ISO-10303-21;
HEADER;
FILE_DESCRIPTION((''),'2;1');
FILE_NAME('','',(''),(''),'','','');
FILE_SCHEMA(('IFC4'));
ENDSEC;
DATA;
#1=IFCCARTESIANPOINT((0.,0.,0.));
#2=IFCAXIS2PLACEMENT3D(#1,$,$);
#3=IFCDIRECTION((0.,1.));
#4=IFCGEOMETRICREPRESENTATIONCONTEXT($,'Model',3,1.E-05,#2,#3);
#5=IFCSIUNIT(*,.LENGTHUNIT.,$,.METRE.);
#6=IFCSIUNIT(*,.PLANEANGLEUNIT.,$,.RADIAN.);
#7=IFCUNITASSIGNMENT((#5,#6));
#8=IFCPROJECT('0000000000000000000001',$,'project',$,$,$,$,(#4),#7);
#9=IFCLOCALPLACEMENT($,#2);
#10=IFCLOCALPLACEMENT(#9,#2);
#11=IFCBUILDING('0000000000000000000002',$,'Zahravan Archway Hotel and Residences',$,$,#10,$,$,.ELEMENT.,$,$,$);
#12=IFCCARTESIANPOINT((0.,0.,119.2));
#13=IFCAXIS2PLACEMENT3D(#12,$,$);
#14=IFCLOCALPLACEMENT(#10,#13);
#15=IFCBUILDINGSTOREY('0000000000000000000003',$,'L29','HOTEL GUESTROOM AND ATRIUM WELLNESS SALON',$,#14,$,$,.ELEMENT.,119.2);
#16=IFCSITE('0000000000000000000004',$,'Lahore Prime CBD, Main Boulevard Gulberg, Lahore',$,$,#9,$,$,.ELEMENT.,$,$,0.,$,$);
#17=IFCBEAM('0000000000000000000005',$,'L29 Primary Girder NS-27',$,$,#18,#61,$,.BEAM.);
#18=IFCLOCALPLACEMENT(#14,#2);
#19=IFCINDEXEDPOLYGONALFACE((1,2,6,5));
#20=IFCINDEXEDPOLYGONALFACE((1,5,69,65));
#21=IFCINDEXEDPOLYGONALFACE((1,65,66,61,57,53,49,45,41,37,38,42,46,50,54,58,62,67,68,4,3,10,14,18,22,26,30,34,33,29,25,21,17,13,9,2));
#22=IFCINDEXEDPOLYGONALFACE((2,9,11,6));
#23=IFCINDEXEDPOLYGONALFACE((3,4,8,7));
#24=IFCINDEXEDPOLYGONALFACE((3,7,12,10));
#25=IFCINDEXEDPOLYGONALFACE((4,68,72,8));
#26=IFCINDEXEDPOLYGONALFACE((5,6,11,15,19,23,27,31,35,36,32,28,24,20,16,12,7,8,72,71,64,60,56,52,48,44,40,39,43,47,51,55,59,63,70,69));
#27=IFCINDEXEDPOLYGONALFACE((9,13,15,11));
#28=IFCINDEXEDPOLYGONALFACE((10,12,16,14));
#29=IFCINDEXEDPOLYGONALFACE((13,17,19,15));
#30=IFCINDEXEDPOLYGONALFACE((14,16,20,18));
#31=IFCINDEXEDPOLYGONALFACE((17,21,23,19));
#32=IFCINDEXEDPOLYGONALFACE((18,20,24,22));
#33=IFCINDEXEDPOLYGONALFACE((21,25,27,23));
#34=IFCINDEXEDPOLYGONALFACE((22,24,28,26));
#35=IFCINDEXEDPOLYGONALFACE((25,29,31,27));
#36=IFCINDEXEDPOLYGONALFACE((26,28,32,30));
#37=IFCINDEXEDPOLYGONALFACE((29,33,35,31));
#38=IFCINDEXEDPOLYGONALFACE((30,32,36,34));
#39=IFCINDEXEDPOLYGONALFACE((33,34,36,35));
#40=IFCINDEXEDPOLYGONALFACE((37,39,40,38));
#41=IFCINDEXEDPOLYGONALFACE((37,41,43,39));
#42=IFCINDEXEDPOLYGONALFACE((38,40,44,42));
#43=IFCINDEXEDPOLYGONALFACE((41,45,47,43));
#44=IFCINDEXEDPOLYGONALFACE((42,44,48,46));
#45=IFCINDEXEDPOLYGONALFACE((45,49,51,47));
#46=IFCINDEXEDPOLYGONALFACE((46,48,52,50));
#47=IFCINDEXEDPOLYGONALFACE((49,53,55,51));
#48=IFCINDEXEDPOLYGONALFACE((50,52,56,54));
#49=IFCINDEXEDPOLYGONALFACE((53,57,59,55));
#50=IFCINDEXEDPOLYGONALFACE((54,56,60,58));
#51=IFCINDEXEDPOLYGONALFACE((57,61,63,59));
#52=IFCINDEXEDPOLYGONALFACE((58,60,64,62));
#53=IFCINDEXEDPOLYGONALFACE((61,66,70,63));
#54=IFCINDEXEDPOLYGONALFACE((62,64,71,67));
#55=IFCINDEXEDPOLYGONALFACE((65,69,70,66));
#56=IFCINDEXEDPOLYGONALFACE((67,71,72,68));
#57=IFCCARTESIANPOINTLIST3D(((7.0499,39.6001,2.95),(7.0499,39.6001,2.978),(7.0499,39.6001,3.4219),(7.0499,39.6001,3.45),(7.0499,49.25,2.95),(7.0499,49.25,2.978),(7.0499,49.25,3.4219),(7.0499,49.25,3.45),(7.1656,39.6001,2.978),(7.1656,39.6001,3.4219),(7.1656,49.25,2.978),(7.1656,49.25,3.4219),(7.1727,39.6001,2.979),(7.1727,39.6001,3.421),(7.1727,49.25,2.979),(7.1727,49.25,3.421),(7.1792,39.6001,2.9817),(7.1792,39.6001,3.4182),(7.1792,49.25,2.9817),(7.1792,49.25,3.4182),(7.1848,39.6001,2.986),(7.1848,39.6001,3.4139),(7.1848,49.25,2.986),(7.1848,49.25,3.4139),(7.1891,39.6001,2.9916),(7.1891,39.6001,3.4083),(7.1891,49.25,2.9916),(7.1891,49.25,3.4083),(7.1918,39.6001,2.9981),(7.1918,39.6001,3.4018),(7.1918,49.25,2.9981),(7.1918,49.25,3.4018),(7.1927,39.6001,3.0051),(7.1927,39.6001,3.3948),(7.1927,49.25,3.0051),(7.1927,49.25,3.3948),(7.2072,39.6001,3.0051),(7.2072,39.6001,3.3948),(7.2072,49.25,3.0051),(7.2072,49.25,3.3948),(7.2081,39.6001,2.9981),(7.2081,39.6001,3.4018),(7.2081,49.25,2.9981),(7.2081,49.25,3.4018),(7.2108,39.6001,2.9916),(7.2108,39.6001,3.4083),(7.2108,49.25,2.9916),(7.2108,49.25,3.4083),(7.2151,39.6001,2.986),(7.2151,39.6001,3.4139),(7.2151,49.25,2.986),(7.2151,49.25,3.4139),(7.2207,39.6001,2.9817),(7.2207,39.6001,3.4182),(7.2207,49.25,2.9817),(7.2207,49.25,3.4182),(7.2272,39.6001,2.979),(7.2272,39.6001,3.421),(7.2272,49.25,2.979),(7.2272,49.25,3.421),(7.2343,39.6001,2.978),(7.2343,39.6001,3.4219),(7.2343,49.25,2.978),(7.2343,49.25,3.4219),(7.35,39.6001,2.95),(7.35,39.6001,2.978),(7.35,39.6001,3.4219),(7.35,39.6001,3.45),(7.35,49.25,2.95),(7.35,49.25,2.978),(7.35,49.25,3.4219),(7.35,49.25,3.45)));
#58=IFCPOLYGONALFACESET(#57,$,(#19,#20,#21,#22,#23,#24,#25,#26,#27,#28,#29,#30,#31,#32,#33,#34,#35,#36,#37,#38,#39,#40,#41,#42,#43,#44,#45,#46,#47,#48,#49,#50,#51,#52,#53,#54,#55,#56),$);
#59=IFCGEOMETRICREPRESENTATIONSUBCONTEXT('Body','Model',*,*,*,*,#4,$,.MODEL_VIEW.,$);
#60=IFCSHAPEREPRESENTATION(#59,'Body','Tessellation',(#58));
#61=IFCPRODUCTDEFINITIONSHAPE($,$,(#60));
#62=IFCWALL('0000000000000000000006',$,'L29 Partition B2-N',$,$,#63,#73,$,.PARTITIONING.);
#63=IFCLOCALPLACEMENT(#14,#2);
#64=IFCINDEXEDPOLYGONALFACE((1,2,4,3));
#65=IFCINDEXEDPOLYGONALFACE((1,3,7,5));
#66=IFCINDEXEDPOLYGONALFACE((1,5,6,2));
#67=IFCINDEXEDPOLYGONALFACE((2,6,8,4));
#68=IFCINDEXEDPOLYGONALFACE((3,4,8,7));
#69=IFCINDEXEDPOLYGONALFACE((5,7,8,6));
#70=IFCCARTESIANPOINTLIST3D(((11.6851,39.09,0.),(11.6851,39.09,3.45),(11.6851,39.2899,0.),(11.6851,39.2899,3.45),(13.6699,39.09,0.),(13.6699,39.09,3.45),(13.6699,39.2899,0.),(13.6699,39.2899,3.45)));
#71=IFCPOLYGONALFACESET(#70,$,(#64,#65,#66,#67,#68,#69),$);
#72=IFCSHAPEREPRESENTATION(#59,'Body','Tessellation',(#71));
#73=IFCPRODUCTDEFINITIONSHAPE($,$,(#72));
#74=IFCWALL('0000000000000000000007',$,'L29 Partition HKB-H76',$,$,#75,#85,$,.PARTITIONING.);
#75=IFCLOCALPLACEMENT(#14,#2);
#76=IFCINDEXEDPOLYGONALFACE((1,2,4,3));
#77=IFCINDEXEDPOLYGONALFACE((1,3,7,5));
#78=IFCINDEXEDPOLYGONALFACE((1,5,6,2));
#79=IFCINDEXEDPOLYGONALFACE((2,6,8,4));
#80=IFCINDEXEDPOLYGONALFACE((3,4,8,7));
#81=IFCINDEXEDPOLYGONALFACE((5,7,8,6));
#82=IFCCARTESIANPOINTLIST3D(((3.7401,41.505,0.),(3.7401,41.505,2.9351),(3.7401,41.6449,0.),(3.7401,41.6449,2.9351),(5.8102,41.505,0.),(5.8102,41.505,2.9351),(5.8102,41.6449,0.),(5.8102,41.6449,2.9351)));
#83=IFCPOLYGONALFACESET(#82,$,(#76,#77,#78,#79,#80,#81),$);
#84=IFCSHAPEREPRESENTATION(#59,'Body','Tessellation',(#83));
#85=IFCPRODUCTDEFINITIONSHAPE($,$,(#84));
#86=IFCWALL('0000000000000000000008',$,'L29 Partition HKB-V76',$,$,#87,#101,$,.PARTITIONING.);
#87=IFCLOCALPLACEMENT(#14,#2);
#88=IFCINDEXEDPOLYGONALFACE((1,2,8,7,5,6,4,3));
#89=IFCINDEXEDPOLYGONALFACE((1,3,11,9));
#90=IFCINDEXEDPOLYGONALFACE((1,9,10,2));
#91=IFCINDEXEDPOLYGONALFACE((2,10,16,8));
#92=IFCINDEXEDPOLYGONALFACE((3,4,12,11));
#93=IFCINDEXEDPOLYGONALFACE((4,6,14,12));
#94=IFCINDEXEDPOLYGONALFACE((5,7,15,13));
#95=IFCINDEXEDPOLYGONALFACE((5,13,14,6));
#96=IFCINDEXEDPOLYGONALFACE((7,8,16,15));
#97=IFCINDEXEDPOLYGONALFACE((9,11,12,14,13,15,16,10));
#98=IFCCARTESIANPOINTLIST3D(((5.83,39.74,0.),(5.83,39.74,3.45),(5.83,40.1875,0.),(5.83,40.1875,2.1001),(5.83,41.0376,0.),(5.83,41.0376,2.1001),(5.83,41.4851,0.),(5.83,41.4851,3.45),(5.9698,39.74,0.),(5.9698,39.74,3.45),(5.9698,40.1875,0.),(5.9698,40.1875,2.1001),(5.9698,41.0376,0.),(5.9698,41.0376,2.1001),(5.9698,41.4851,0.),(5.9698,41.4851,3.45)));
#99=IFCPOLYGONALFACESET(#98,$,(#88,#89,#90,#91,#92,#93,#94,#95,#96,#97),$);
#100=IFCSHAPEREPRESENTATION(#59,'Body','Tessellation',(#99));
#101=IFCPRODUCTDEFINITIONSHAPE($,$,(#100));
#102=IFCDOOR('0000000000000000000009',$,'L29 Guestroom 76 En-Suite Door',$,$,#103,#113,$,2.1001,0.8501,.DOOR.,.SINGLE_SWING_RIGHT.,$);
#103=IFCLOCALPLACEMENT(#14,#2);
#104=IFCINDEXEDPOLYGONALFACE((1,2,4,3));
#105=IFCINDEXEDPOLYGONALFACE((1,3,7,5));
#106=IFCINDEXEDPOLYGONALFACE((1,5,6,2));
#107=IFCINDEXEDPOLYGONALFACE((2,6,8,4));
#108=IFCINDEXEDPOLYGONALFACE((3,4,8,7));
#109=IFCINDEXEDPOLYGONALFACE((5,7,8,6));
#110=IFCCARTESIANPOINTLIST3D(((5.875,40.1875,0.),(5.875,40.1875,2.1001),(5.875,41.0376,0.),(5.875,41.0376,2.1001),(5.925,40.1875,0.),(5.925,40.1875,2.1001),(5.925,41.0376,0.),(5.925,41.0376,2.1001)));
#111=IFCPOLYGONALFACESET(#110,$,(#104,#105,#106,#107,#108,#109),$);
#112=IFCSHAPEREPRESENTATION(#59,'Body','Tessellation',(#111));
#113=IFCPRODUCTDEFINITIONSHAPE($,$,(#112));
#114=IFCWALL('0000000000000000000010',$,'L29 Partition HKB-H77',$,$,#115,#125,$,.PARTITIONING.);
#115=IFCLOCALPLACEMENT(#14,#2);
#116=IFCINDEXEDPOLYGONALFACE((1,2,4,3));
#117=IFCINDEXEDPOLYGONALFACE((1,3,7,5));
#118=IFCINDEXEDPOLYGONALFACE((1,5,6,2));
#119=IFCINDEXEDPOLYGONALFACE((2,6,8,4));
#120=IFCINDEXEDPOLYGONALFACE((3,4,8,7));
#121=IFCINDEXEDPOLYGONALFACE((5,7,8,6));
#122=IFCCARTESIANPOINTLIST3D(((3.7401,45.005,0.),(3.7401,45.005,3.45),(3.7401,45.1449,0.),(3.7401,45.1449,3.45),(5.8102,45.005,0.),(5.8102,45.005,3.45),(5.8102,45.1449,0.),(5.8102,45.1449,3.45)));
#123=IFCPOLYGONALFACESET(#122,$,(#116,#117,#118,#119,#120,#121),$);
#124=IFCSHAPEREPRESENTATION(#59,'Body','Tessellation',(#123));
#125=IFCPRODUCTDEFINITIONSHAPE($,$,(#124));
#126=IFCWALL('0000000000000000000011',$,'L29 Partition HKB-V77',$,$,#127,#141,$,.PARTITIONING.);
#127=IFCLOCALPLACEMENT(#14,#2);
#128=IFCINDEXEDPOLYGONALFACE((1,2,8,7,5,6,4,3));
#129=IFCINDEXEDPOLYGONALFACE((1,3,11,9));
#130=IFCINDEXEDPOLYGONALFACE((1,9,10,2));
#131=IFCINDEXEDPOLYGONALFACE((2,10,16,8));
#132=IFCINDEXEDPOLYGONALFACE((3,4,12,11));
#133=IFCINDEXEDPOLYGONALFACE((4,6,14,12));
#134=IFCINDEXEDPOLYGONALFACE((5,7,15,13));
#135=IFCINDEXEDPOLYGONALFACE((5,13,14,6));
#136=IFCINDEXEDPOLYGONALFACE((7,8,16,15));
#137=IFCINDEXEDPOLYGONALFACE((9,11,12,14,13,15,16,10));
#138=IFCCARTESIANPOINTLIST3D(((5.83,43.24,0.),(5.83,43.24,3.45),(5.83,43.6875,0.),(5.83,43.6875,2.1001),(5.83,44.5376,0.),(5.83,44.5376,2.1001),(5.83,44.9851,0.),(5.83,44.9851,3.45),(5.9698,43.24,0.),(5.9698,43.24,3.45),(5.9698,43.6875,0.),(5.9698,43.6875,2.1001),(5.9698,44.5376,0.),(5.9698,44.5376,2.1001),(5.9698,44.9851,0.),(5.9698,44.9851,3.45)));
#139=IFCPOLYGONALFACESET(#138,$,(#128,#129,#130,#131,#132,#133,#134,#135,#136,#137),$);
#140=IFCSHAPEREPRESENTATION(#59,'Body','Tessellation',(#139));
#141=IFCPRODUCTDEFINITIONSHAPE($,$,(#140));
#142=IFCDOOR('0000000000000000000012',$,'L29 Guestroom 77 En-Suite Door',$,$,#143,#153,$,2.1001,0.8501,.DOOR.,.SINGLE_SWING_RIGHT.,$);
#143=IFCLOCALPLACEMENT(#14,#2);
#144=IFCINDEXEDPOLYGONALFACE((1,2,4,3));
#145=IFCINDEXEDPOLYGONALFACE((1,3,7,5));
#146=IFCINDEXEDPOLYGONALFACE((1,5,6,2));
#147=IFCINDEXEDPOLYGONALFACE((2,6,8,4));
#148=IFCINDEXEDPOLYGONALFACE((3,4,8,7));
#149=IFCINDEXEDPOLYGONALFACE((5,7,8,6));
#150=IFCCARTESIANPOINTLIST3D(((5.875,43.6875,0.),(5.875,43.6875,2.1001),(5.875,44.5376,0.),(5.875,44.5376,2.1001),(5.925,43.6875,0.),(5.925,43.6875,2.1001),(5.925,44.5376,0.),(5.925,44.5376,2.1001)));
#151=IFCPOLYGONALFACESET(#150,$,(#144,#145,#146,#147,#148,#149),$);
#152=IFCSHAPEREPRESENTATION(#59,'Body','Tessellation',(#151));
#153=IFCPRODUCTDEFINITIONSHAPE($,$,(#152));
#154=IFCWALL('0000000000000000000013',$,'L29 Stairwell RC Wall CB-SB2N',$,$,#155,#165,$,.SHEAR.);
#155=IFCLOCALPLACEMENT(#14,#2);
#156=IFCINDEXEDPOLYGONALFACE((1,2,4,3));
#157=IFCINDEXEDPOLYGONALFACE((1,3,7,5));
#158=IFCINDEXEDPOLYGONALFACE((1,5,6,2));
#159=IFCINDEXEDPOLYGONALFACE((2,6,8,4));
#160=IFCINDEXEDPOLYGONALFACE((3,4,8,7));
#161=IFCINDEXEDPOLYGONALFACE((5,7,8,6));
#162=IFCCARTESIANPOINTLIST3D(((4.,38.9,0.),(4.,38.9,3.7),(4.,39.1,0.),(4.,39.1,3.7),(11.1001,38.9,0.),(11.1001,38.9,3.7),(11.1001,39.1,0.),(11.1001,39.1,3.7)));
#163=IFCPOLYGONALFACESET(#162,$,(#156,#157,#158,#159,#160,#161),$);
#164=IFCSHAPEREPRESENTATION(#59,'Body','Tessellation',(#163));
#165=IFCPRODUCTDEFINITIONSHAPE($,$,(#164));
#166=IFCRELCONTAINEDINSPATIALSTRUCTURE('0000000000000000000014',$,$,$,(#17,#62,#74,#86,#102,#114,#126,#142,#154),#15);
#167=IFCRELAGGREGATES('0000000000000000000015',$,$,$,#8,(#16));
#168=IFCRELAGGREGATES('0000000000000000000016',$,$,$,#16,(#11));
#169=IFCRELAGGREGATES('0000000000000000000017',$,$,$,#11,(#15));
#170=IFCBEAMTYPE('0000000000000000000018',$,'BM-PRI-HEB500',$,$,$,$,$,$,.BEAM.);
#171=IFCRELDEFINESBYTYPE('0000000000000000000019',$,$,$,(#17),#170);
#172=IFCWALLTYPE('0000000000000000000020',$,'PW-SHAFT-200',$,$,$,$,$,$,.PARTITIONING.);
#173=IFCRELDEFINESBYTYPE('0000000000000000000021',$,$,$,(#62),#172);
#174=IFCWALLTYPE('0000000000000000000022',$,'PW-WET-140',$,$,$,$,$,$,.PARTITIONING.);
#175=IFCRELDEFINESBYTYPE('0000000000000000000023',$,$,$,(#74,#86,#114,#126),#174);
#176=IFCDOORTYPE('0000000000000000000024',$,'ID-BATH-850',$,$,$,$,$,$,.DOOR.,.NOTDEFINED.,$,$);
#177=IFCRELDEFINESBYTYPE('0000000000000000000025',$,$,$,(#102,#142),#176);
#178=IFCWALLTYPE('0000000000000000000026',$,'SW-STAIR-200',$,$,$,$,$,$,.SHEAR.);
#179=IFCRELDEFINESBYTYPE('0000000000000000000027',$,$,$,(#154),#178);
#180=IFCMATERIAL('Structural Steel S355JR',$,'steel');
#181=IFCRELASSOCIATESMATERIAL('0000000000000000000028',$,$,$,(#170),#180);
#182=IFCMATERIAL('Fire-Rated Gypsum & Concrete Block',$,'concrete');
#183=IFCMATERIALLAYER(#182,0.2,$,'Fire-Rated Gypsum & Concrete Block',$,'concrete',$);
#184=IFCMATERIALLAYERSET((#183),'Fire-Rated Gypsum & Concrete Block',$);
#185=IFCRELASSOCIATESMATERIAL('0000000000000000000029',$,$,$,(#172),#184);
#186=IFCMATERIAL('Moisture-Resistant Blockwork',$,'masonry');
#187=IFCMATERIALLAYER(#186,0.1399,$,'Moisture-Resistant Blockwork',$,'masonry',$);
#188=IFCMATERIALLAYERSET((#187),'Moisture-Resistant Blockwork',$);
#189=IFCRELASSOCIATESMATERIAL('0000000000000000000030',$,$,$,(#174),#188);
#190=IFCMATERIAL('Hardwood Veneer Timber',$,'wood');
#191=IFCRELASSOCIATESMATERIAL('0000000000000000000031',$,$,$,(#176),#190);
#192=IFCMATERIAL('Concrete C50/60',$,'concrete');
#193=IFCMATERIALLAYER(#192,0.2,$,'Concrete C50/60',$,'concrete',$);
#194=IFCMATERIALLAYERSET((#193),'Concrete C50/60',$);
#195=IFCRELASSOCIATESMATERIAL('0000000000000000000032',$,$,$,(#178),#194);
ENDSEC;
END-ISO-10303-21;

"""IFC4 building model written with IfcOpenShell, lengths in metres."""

from ifc_helpers import new_model, si_unit, direction, frame, frame_2d, origin, origin_2d, place, context, subcontext, project, spatial, rectangle, i_section, extrude, source, transform, mapped, material, layer, layer_set, material_profile, profile_set, type_object, type_shapes, element, fill, save


model = new_model("IFC4")

# Units and contexts
model_context = context("Model", 3, precision=1e-05, world=origin(), true_north=direction((0.0, 1.0)))
body_context = subcontext(model_context, "Body", "Model", "MODEL_VIEW")
ifc_project = project(units=[si_unit("LENGTHUNIT", "METRE"), si_unit("PLANEANGLEUNIT", "RADIAN")], contexts=[model_context])

# Site, building, storey
site_placement = place(None, origin())
site = spatial("IfcSite", under=ifc_project, at=site_placement, Name="Lahore Prime CBD, Main Boulevard Gulberg, Lahore", CompositionType="ELEMENT", RefElevation=0.0)
building_placement = place(site_placement, origin())
building = spatial("IfcBuilding", under=site, at=building_placement, Name="Zahravan Archway Hotel and Residences", CompositionType="ELEMENT")
storey_placement = place(building_placement, frame((0.0, 0.0, 119.2)))
storey = spatial("IfcBuildingStorey", under=building, at=storey_placement, Name="L29", Description="HOTEL GUESTROOM AND ATRIUM WELLNESS SALON", CompositionType="ELEMENT", Elevation=119.2)

# Beam
ifc_material_1 = material(Name="Structural Steel S355JR", Category="steel")
ifc_material_profile_1 = material_profile(ifc_material_1, i_section(OverallWidth=0.3, OverallDepth=0.5, WebThickness=0.0144, FlangeThickness=0.0281, FilletRadius=0.0271, at=origin_2d()), Name="HEB 500", Category="steel")
ifc_profile_set_1 = profile_set([ifc_material_profile_1], Name="Structural Steel S355JR")
beam_type_1 = type_object("IfcBeamType", Name="BM-PRI-HEB500", PredefinedType="BEAM", material=ifc_profile_set_1)
shared_shape_1 = source(origin(), body_context, "Body", "SweptSolid", [
    extrude(i_section(OverallWidth=0.3, OverallDepth=0.5, WebThickness=0.0144, FlangeThickness=0.0281, FilletRadius=0.0271, at=origin_2d()), origin(), (0.0, 0.0, 1.0), 9.6499),
])
beam_1_placement = place(storey_placement, frame((7.2, 39.6001, 3.2), z_axis=(0.0, 1.0, 0.0), x_axis=(-1.0, 0.0, 0.0)))
element("IfcBeam", 1, at=beam_1_placement, inside=storey, type_object=beam_type_1, Name="L29 Primary Girder NS-27", PredefinedType="BEAM", context=body_context, shape_type="MappedRepresentation", body=[
    mapped(shared_shape_1, transform((0.0, 0.0, 0.0), scale=1.0)),
])

# Walls
ifc_material_2 = material(Name="Fire-Rated Gypsum & Concrete Block", Category="concrete")
ifc_layer_1 = layer(ifc_material_2, 0.2, Name="Fire-Rated Gypsum & Concrete Block", Category="concrete")
ifc_layer_set_1 = layer_set([ifc_layer_1], Name="Fire-Rated Gypsum & Concrete Block")
wall_type_1 = type_object("IfcWallType", Name="PW-SHAFT-200", PredefinedType="PARTITIONING", material=ifc_layer_set_1)
wall_1_placement = place(storey_placement, frame((11.6851, 39.1899, 0.0), z_axis=(0.0, 0.0, 1.0), x_axis=(1.0, 0.0, 0.0)))
element("IfcWall", 2, at=wall_1_placement, inside=storey, type_object=wall_type_1, Name="L29 Partition B2-N", PredefinedType="PARTITIONING", context=body_context, shape_type="SweptSolid", body=[
    extrude(rectangle(XDim=1.9849, YDim=0.2, at=frame_2d((0.9924, 0.0))), origin(), (0.0, 0.0, 1.0), 3.45),
])
ifc_material_3 = material(Name="Moisture-Resistant Blockwork", Category="masonry")
ifc_layer_2 = layer(ifc_material_3, 0.1399, Name="Moisture-Resistant Blockwork", Category="masonry")
ifc_layer_set_2 = layer_set([ifc_layer_2], Name="Moisture-Resistant Blockwork")
wall_type_2 = type_object("IfcWallType", Name="PW-WET-140", PredefinedType="PARTITIONING", material=ifc_layer_set_2)
wall_2_placement = place(storey_placement, frame((3.74, 41.575, 0.0), z_axis=(0.0, 0.0, 1.0), x_axis=(1.0, 0.0, 0.0)))
element("IfcWall", 3, at=wall_2_placement, inside=storey, type_object=wall_type_2, Name="L29 Partition HKB-H76", PredefinedType="PARTITIONING", context=body_context, shape_type="SweptSolid", body=[
    extrude(rectangle(XDim=2.0701, YDim=0.1399, at=frame_2d((1.0352, 0.0))), origin(), (0.0, 0.0, 1.0), 2.9351),
])

# Wall, opening, door
wall_3_placement = place(storey_placement, frame((5.8999, 39.74, 0.0), z_axis=(0.0, 0.0, 1.0), x_axis=(0.0, 1.0, 0.0)))
wall_3 = element("IfcWall", 4, at=wall_3_placement, inside=storey, type_object=wall_type_2, Name="L29 Partition HKB-V76", PredefinedType="PARTITIONING", context=body_context, shape_type="SweptSolid", body=[
    extrude(rectangle(XDim=1.7451, YDim=0.1399, at=frame_2d((0.8726, 0.0))), origin(), (0.0, 0.0, 1.0), 3.45),
])
opening_1_placement = place(wall_3_placement, frame((0.4475, 0.0, 0.0)))
opening_1 = element("IfcOpeningElement", 5, at=opening_1_placement, cuts=wall_3, PredefinedType="OPENING", context=body_context, shape_type="SweptSolid", body=[
    extrude(rectangle(XDim=0.8501, YDim=2.1001, at=frame_2d((0.425, 1.05))), frame((0.0, 0.0801, 0.0), z_axis=(0.0, -1.0, 0.0), x_axis=(1.0, 0.0, 0.0)), (0.0, 0.0, 1.0), 0.1599),
])
ifc_material_4 = material(Name="Hardwood Veneer Timber", Category="wood")
door_type = type_object("IfcDoorType", Name="ID-BATH-850", OperationType="NOTDEFINED", PredefinedType="DOOR", material=ifc_material_4)
shared_shape_2 = source(origin(), body_context, "Body", "SweptSolid", [
    extrude(rectangle(XDim=0.8501, YDim=2.1001, at=frame_2d((0.425, 1.05))), frame((0.0, 0.0249, 0.0), z_axis=(0.0, -1.0, 0.0), x_axis=(1.0, 0.0, 0.0)), (0.0, 0.0, 1.0), 0.05),
])
type_shapes(door_type, [shared_shape_2])
door_1_placement = place(opening_1_placement, origin())
door_1 = element("IfcDoor", 6, at=door_1_placement, inside=storey, type_object=door_type, Name="L29 Guestroom 76 En-Suite Door", OperationType="SINGLE_SWING_RIGHT", OverallHeight=2.1001, OverallWidth=0.8501, PredefinedType="DOOR", context=body_context, shape_type="MappedRepresentation", body=[
    mapped(shared_shape_2, transform((0.0, 0.0, 0.0), scale=1.0)),
])
fill(opening_1, door_1)

# Wall
wall_4_placement = place(storey_placement, frame((3.74, 45.075, 0.0), z_axis=(0.0, 0.0, 1.0), x_axis=(1.0, 0.0, 0.0)))
element("IfcWall", 7, at=wall_4_placement, inside=storey, type_object=wall_type_2, Name="L29 Partition HKB-H77", PredefinedType="PARTITIONING", context=body_context, shape_type="SweptSolid", body=[
    extrude(rectangle(XDim=2.0701, YDim=0.1399, at=frame_2d((1.0352, 0.0))), origin(), (0.0, 0.0, 1.0), 3.45),
])

# Wall, opening, door
wall_5_placement = place(storey_placement, frame((5.8999, 43.24, 0.0), z_axis=(0.0, 0.0, 1.0), x_axis=(0.0, 1.0, 0.0)))
wall_5 = element("IfcWall", 8, at=wall_5_placement, inside=storey, type_object=wall_type_2, Name="L29 Partition HKB-V77", PredefinedType="PARTITIONING", context=body_context, shape_type="SweptSolid", body=[
    extrude(rectangle(XDim=1.7451, YDim=0.1399, at=frame_2d((0.8726, 0.0))), origin(), (0.0, 0.0, 1.0), 3.45),
])
opening_2_placement = place(wall_5_placement, frame((0.4475, 0.0, 0.0)))
opening_2 = element("IfcOpeningElement", 9, at=opening_2_placement, cuts=wall_5, PredefinedType="OPENING", context=body_context, shape_type="SweptSolid", body=[
    extrude(rectangle(XDim=0.8501, YDim=2.1001, at=frame_2d((0.425, 1.05))), frame((0.0, 0.0801, 0.0), z_axis=(0.0, -1.0, 0.0), x_axis=(1.0, 0.0, 0.0)), (0.0, 0.0, 1.0), 0.1599),
])
door_2_placement = place(opening_2_placement, origin())
door_2 = element("IfcDoor", 10, at=door_2_placement, inside=storey, type_object=door_type, Name="L29 Guestroom 77 En-Suite Door", OperationType="SINGLE_SWING_RIGHT", OverallHeight=2.1001, OverallWidth=0.8501, PredefinedType="DOOR", context=body_context, shape_type="MappedRepresentation", body=[
    mapped(shared_shape_2, transform((0.0, 0.0, 0.0), scale=1.0)),
])
fill(opening_2, door_2)

# Wall
ifc_material_5 = material(Name="Concrete C50/60", Category="concrete")
ifc_layer_3 = layer(ifc_material_5, 0.2, Name="Concrete C50/60", Category="concrete")
ifc_layer_set_3 = layer_set([ifc_layer_3], Name="Concrete C50/60")
wall_type_3 = type_object("IfcWallType", Name="SW-STAIR-200", PredefinedType="SHEAR", material=ifc_layer_set_3)
wall_6_placement = place(storey_placement, frame((4.0, 39.0, 0.0), z_axis=(0.0, 0.0, 1.0), x_axis=(1.0, 0.0, 0.0)))
element("IfcWall", 11, at=wall_6_placement, inside=storey, type_object=wall_type_3, Name="L29 Stairwell RC Wall CB-SB2N", PredefinedType="SHEAR", context=body_context, shape_type="SweptSolid", body=[
    extrude(rectangle(XDim=7.1001, YDim=0.2, at=frame_2d((3.55, 0.0))), origin(), (0.0, 0.0, 1.0), 3.7),
])

save(model, "model.ifc")
